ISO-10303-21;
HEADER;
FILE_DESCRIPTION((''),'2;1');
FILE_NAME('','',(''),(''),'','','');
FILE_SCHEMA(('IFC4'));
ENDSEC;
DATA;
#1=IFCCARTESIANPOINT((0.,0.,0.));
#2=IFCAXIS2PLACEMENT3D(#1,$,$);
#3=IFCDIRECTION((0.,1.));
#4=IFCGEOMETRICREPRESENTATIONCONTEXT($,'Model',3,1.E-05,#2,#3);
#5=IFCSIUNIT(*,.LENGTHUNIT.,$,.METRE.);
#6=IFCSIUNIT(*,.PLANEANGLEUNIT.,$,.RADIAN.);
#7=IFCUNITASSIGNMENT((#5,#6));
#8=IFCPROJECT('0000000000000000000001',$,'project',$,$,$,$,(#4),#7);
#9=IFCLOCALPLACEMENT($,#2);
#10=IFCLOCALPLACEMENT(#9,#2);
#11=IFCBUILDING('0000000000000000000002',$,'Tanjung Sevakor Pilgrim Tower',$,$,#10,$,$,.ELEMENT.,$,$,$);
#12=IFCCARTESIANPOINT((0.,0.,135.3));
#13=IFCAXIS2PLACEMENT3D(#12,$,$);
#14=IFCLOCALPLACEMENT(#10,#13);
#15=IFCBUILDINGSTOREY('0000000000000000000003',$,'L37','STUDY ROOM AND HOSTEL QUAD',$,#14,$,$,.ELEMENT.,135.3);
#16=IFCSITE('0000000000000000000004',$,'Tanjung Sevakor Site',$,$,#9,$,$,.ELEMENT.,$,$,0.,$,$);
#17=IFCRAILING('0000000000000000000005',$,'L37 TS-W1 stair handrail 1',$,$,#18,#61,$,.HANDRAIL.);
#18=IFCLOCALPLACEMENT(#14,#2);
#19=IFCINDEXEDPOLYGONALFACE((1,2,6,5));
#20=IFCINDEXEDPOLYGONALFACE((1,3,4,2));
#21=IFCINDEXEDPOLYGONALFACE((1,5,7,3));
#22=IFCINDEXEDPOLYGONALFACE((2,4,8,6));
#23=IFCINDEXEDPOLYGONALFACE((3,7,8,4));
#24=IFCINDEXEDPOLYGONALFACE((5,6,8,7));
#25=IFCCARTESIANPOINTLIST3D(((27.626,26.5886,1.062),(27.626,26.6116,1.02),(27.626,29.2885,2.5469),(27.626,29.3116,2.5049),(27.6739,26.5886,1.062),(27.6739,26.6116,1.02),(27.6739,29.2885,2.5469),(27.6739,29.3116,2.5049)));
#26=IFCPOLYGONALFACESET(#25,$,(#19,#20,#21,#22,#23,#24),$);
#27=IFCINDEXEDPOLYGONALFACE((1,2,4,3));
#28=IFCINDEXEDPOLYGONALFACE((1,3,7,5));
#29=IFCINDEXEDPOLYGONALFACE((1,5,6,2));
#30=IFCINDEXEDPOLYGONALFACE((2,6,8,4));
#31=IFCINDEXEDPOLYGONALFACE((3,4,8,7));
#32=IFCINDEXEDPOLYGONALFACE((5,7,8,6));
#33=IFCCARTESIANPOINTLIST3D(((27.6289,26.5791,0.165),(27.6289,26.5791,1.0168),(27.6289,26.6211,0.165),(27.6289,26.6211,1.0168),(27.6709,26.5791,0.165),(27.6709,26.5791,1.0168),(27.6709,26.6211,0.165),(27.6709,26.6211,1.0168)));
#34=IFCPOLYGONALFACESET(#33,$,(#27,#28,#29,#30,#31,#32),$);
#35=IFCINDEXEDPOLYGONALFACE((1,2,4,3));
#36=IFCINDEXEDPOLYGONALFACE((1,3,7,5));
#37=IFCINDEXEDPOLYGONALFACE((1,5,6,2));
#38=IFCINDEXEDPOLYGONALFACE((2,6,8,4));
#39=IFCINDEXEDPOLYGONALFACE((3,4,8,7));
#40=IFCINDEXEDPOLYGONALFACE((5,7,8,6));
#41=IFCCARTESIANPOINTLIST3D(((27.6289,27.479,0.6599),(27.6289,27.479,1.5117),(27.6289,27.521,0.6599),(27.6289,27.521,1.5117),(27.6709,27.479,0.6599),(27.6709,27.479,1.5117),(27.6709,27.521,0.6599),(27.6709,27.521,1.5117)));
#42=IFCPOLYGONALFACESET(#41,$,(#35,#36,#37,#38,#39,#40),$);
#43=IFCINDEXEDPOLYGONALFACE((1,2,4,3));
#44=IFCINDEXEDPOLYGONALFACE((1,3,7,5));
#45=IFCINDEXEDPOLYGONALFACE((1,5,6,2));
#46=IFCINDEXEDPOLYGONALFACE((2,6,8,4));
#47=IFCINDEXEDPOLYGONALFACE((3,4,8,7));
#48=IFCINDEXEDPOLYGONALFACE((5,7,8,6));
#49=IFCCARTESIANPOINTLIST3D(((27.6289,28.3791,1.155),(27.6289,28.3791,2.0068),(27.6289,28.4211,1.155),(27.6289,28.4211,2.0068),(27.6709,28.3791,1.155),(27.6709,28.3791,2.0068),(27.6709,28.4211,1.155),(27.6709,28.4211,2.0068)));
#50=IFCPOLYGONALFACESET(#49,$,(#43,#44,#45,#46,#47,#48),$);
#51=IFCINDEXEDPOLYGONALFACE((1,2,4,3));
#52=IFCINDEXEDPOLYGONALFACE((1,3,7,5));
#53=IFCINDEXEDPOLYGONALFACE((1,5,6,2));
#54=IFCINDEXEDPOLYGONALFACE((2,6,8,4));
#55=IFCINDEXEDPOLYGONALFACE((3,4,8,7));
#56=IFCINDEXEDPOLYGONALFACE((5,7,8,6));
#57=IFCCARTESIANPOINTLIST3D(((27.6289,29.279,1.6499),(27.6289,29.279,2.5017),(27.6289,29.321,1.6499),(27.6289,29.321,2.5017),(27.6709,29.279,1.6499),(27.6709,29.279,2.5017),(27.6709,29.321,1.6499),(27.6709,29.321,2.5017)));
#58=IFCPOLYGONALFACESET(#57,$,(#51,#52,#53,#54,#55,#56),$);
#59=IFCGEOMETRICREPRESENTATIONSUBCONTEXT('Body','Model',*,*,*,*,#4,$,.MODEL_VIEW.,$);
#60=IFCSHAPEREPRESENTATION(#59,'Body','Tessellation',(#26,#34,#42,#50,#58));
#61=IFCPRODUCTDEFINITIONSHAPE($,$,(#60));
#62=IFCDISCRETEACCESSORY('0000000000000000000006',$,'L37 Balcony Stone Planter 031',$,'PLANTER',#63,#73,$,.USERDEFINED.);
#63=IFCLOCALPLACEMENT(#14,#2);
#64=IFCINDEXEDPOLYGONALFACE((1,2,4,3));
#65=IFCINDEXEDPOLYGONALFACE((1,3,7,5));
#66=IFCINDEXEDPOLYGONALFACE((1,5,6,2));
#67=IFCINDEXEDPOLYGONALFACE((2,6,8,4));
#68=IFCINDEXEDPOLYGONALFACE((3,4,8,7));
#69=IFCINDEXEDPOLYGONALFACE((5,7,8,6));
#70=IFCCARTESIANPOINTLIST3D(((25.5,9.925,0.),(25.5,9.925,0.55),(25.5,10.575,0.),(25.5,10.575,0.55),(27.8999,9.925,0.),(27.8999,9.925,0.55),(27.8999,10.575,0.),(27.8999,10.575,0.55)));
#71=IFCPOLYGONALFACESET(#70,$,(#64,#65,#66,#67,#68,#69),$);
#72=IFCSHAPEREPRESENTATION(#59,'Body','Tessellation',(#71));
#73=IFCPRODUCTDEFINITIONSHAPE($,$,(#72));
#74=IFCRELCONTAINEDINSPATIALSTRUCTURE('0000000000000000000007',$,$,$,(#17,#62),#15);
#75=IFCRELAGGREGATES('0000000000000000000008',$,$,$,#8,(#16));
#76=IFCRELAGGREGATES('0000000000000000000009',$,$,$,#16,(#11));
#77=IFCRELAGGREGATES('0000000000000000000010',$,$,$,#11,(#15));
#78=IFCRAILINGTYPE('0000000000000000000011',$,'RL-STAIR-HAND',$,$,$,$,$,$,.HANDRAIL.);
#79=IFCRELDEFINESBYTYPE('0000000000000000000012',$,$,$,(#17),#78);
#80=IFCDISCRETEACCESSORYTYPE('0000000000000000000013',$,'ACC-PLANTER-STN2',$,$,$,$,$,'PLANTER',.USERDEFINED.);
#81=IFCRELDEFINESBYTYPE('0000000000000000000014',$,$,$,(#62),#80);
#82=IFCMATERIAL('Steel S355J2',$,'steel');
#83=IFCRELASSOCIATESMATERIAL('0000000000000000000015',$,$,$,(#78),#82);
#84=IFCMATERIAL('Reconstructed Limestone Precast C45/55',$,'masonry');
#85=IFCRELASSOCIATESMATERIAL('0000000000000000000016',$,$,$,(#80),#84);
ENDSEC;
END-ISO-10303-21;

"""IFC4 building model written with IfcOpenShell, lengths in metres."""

from ifc_helpers import new_model, si_unit, direction, frame, origin, origin_2d, place, context, subcontext, project, spatial, rectangle, extrude, material, type_object, element, save


model = new_model("IFC4")

# Units and contexts
model_context = context("Model", 3, precision=1e-05, world=origin(), true_north=direction((0.0, 1.0)))
body_context = subcontext(model_context, "Body", "Model", "MODEL_VIEW")
ifc_project = project(units=[si_unit("LENGTHUNIT", "METRE"), si_unit("PLANEANGLEUNIT", "RADIAN")], contexts=[model_context])

# Site, building, storey
site_placement = place(None, origin())
site = spatial("IfcSite", under=ifc_project, at=site_placement, Name="Tanjung Sevakor Site", CompositionType="ELEMENT", RefElevation=0.0)
building_placement = place(site_placement, origin())
building = spatial("IfcBuilding", under=site, at=building_placement, Name="Tanjung Sevakor Pilgrim Tower", CompositionType="ELEMENT")
storey_placement = place(building_placement, frame((0.0, 0.0, 135.3)))
storey = spatial("IfcBuildingStorey", under=building, at=storey_placement, Name="L37", Description="STUDY ROOM AND HOSTEL QUAD", CompositionType="ELEMENT", Elevation=135.3)

# Railing
ifc_material_1 = material(Name="Steel S355J2", Category="steel")
railing_type_1 = type_object("IfcRailingType", Name="RL-STAIR-HAND", PredefinedType="HANDRAIL", material=ifc_material_1)
railing_1_placement = place(storey_placement, frame((27.6499, 26.6001, 0.165)))
element("IfcRailing", 1, at=railing_1_placement, inside=storey, type_object=railing_type_1, Name="L37 TS-W1 stair handrail 1", PredefinedType="HANDRAIL", context=body_context, shape_type="SweptSolid", body=[
    extrude(rectangle(XDim=0.0479, YDim=0.0479), frame((0.0, 0.0, 0.876), z_axis=(0.0, 0.876231, 0.481891), x_axis=(-1.0, 0.0, 0.0)), (0.0, 0.0, 1.0), 3.0813),
    extrude(rectangle(XDim=0.042, YDim=0.042), origin(), (0.0, 0.0, 1.0), 0.8518),
    extrude(rectangle(XDim=0.042, YDim=0.042), frame((0.0, 0.8999, 0.4949)), (0.0, 0.0, 1.0), 0.8518),
    extrude(rectangle(XDim=0.042, YDim=0.042), frame((0.0, 1.8, 0.99)), (0.0, 0.0, 1.0), 0.8518),
    extrude(rectangle(XDim=0.042, YDim=0.042), frame((0.0, 2.7, 1.4849)), (0.0, 0.0, 1.0), 0.8518),
])

# Discrete accessory
ifc_material_2 = material(Name="Reconstructed Limestone Precast C45/55", Category="masonry")
discrete_accessory_type = type_object("IfcDiscreteAccessoryType", Name="ACC-PLANTER-STN2", ElementType="PLANTER", PredefinedType="USERDEFINED", material=ifc_material_2)
discrete_accessory_placement = place(storey_placement, frame((26.7, 10.25, 0.0), z_axis=(0.0, 0.0, 1.0), x_axis=(1.0, 0.0, 0.0)))
element("IfcDiscreteAccessory", 2, at=discrete_accessory_placement, inside=storey, type_object=discrete_accessory_type, Name="L37 Balcony Stone Planter 031", ObjectType="PLANTER", PredefinedType="USERDEFINED", context=body_context, shape_type="SweptSolid", body=[
    extrude(rectangle(XDim=2.3999, YDim=0.6499, at=origin_2d()), origin(), (0.0, 0.0, 1.0), 0.55),
])

save(model, "model.ifc")
